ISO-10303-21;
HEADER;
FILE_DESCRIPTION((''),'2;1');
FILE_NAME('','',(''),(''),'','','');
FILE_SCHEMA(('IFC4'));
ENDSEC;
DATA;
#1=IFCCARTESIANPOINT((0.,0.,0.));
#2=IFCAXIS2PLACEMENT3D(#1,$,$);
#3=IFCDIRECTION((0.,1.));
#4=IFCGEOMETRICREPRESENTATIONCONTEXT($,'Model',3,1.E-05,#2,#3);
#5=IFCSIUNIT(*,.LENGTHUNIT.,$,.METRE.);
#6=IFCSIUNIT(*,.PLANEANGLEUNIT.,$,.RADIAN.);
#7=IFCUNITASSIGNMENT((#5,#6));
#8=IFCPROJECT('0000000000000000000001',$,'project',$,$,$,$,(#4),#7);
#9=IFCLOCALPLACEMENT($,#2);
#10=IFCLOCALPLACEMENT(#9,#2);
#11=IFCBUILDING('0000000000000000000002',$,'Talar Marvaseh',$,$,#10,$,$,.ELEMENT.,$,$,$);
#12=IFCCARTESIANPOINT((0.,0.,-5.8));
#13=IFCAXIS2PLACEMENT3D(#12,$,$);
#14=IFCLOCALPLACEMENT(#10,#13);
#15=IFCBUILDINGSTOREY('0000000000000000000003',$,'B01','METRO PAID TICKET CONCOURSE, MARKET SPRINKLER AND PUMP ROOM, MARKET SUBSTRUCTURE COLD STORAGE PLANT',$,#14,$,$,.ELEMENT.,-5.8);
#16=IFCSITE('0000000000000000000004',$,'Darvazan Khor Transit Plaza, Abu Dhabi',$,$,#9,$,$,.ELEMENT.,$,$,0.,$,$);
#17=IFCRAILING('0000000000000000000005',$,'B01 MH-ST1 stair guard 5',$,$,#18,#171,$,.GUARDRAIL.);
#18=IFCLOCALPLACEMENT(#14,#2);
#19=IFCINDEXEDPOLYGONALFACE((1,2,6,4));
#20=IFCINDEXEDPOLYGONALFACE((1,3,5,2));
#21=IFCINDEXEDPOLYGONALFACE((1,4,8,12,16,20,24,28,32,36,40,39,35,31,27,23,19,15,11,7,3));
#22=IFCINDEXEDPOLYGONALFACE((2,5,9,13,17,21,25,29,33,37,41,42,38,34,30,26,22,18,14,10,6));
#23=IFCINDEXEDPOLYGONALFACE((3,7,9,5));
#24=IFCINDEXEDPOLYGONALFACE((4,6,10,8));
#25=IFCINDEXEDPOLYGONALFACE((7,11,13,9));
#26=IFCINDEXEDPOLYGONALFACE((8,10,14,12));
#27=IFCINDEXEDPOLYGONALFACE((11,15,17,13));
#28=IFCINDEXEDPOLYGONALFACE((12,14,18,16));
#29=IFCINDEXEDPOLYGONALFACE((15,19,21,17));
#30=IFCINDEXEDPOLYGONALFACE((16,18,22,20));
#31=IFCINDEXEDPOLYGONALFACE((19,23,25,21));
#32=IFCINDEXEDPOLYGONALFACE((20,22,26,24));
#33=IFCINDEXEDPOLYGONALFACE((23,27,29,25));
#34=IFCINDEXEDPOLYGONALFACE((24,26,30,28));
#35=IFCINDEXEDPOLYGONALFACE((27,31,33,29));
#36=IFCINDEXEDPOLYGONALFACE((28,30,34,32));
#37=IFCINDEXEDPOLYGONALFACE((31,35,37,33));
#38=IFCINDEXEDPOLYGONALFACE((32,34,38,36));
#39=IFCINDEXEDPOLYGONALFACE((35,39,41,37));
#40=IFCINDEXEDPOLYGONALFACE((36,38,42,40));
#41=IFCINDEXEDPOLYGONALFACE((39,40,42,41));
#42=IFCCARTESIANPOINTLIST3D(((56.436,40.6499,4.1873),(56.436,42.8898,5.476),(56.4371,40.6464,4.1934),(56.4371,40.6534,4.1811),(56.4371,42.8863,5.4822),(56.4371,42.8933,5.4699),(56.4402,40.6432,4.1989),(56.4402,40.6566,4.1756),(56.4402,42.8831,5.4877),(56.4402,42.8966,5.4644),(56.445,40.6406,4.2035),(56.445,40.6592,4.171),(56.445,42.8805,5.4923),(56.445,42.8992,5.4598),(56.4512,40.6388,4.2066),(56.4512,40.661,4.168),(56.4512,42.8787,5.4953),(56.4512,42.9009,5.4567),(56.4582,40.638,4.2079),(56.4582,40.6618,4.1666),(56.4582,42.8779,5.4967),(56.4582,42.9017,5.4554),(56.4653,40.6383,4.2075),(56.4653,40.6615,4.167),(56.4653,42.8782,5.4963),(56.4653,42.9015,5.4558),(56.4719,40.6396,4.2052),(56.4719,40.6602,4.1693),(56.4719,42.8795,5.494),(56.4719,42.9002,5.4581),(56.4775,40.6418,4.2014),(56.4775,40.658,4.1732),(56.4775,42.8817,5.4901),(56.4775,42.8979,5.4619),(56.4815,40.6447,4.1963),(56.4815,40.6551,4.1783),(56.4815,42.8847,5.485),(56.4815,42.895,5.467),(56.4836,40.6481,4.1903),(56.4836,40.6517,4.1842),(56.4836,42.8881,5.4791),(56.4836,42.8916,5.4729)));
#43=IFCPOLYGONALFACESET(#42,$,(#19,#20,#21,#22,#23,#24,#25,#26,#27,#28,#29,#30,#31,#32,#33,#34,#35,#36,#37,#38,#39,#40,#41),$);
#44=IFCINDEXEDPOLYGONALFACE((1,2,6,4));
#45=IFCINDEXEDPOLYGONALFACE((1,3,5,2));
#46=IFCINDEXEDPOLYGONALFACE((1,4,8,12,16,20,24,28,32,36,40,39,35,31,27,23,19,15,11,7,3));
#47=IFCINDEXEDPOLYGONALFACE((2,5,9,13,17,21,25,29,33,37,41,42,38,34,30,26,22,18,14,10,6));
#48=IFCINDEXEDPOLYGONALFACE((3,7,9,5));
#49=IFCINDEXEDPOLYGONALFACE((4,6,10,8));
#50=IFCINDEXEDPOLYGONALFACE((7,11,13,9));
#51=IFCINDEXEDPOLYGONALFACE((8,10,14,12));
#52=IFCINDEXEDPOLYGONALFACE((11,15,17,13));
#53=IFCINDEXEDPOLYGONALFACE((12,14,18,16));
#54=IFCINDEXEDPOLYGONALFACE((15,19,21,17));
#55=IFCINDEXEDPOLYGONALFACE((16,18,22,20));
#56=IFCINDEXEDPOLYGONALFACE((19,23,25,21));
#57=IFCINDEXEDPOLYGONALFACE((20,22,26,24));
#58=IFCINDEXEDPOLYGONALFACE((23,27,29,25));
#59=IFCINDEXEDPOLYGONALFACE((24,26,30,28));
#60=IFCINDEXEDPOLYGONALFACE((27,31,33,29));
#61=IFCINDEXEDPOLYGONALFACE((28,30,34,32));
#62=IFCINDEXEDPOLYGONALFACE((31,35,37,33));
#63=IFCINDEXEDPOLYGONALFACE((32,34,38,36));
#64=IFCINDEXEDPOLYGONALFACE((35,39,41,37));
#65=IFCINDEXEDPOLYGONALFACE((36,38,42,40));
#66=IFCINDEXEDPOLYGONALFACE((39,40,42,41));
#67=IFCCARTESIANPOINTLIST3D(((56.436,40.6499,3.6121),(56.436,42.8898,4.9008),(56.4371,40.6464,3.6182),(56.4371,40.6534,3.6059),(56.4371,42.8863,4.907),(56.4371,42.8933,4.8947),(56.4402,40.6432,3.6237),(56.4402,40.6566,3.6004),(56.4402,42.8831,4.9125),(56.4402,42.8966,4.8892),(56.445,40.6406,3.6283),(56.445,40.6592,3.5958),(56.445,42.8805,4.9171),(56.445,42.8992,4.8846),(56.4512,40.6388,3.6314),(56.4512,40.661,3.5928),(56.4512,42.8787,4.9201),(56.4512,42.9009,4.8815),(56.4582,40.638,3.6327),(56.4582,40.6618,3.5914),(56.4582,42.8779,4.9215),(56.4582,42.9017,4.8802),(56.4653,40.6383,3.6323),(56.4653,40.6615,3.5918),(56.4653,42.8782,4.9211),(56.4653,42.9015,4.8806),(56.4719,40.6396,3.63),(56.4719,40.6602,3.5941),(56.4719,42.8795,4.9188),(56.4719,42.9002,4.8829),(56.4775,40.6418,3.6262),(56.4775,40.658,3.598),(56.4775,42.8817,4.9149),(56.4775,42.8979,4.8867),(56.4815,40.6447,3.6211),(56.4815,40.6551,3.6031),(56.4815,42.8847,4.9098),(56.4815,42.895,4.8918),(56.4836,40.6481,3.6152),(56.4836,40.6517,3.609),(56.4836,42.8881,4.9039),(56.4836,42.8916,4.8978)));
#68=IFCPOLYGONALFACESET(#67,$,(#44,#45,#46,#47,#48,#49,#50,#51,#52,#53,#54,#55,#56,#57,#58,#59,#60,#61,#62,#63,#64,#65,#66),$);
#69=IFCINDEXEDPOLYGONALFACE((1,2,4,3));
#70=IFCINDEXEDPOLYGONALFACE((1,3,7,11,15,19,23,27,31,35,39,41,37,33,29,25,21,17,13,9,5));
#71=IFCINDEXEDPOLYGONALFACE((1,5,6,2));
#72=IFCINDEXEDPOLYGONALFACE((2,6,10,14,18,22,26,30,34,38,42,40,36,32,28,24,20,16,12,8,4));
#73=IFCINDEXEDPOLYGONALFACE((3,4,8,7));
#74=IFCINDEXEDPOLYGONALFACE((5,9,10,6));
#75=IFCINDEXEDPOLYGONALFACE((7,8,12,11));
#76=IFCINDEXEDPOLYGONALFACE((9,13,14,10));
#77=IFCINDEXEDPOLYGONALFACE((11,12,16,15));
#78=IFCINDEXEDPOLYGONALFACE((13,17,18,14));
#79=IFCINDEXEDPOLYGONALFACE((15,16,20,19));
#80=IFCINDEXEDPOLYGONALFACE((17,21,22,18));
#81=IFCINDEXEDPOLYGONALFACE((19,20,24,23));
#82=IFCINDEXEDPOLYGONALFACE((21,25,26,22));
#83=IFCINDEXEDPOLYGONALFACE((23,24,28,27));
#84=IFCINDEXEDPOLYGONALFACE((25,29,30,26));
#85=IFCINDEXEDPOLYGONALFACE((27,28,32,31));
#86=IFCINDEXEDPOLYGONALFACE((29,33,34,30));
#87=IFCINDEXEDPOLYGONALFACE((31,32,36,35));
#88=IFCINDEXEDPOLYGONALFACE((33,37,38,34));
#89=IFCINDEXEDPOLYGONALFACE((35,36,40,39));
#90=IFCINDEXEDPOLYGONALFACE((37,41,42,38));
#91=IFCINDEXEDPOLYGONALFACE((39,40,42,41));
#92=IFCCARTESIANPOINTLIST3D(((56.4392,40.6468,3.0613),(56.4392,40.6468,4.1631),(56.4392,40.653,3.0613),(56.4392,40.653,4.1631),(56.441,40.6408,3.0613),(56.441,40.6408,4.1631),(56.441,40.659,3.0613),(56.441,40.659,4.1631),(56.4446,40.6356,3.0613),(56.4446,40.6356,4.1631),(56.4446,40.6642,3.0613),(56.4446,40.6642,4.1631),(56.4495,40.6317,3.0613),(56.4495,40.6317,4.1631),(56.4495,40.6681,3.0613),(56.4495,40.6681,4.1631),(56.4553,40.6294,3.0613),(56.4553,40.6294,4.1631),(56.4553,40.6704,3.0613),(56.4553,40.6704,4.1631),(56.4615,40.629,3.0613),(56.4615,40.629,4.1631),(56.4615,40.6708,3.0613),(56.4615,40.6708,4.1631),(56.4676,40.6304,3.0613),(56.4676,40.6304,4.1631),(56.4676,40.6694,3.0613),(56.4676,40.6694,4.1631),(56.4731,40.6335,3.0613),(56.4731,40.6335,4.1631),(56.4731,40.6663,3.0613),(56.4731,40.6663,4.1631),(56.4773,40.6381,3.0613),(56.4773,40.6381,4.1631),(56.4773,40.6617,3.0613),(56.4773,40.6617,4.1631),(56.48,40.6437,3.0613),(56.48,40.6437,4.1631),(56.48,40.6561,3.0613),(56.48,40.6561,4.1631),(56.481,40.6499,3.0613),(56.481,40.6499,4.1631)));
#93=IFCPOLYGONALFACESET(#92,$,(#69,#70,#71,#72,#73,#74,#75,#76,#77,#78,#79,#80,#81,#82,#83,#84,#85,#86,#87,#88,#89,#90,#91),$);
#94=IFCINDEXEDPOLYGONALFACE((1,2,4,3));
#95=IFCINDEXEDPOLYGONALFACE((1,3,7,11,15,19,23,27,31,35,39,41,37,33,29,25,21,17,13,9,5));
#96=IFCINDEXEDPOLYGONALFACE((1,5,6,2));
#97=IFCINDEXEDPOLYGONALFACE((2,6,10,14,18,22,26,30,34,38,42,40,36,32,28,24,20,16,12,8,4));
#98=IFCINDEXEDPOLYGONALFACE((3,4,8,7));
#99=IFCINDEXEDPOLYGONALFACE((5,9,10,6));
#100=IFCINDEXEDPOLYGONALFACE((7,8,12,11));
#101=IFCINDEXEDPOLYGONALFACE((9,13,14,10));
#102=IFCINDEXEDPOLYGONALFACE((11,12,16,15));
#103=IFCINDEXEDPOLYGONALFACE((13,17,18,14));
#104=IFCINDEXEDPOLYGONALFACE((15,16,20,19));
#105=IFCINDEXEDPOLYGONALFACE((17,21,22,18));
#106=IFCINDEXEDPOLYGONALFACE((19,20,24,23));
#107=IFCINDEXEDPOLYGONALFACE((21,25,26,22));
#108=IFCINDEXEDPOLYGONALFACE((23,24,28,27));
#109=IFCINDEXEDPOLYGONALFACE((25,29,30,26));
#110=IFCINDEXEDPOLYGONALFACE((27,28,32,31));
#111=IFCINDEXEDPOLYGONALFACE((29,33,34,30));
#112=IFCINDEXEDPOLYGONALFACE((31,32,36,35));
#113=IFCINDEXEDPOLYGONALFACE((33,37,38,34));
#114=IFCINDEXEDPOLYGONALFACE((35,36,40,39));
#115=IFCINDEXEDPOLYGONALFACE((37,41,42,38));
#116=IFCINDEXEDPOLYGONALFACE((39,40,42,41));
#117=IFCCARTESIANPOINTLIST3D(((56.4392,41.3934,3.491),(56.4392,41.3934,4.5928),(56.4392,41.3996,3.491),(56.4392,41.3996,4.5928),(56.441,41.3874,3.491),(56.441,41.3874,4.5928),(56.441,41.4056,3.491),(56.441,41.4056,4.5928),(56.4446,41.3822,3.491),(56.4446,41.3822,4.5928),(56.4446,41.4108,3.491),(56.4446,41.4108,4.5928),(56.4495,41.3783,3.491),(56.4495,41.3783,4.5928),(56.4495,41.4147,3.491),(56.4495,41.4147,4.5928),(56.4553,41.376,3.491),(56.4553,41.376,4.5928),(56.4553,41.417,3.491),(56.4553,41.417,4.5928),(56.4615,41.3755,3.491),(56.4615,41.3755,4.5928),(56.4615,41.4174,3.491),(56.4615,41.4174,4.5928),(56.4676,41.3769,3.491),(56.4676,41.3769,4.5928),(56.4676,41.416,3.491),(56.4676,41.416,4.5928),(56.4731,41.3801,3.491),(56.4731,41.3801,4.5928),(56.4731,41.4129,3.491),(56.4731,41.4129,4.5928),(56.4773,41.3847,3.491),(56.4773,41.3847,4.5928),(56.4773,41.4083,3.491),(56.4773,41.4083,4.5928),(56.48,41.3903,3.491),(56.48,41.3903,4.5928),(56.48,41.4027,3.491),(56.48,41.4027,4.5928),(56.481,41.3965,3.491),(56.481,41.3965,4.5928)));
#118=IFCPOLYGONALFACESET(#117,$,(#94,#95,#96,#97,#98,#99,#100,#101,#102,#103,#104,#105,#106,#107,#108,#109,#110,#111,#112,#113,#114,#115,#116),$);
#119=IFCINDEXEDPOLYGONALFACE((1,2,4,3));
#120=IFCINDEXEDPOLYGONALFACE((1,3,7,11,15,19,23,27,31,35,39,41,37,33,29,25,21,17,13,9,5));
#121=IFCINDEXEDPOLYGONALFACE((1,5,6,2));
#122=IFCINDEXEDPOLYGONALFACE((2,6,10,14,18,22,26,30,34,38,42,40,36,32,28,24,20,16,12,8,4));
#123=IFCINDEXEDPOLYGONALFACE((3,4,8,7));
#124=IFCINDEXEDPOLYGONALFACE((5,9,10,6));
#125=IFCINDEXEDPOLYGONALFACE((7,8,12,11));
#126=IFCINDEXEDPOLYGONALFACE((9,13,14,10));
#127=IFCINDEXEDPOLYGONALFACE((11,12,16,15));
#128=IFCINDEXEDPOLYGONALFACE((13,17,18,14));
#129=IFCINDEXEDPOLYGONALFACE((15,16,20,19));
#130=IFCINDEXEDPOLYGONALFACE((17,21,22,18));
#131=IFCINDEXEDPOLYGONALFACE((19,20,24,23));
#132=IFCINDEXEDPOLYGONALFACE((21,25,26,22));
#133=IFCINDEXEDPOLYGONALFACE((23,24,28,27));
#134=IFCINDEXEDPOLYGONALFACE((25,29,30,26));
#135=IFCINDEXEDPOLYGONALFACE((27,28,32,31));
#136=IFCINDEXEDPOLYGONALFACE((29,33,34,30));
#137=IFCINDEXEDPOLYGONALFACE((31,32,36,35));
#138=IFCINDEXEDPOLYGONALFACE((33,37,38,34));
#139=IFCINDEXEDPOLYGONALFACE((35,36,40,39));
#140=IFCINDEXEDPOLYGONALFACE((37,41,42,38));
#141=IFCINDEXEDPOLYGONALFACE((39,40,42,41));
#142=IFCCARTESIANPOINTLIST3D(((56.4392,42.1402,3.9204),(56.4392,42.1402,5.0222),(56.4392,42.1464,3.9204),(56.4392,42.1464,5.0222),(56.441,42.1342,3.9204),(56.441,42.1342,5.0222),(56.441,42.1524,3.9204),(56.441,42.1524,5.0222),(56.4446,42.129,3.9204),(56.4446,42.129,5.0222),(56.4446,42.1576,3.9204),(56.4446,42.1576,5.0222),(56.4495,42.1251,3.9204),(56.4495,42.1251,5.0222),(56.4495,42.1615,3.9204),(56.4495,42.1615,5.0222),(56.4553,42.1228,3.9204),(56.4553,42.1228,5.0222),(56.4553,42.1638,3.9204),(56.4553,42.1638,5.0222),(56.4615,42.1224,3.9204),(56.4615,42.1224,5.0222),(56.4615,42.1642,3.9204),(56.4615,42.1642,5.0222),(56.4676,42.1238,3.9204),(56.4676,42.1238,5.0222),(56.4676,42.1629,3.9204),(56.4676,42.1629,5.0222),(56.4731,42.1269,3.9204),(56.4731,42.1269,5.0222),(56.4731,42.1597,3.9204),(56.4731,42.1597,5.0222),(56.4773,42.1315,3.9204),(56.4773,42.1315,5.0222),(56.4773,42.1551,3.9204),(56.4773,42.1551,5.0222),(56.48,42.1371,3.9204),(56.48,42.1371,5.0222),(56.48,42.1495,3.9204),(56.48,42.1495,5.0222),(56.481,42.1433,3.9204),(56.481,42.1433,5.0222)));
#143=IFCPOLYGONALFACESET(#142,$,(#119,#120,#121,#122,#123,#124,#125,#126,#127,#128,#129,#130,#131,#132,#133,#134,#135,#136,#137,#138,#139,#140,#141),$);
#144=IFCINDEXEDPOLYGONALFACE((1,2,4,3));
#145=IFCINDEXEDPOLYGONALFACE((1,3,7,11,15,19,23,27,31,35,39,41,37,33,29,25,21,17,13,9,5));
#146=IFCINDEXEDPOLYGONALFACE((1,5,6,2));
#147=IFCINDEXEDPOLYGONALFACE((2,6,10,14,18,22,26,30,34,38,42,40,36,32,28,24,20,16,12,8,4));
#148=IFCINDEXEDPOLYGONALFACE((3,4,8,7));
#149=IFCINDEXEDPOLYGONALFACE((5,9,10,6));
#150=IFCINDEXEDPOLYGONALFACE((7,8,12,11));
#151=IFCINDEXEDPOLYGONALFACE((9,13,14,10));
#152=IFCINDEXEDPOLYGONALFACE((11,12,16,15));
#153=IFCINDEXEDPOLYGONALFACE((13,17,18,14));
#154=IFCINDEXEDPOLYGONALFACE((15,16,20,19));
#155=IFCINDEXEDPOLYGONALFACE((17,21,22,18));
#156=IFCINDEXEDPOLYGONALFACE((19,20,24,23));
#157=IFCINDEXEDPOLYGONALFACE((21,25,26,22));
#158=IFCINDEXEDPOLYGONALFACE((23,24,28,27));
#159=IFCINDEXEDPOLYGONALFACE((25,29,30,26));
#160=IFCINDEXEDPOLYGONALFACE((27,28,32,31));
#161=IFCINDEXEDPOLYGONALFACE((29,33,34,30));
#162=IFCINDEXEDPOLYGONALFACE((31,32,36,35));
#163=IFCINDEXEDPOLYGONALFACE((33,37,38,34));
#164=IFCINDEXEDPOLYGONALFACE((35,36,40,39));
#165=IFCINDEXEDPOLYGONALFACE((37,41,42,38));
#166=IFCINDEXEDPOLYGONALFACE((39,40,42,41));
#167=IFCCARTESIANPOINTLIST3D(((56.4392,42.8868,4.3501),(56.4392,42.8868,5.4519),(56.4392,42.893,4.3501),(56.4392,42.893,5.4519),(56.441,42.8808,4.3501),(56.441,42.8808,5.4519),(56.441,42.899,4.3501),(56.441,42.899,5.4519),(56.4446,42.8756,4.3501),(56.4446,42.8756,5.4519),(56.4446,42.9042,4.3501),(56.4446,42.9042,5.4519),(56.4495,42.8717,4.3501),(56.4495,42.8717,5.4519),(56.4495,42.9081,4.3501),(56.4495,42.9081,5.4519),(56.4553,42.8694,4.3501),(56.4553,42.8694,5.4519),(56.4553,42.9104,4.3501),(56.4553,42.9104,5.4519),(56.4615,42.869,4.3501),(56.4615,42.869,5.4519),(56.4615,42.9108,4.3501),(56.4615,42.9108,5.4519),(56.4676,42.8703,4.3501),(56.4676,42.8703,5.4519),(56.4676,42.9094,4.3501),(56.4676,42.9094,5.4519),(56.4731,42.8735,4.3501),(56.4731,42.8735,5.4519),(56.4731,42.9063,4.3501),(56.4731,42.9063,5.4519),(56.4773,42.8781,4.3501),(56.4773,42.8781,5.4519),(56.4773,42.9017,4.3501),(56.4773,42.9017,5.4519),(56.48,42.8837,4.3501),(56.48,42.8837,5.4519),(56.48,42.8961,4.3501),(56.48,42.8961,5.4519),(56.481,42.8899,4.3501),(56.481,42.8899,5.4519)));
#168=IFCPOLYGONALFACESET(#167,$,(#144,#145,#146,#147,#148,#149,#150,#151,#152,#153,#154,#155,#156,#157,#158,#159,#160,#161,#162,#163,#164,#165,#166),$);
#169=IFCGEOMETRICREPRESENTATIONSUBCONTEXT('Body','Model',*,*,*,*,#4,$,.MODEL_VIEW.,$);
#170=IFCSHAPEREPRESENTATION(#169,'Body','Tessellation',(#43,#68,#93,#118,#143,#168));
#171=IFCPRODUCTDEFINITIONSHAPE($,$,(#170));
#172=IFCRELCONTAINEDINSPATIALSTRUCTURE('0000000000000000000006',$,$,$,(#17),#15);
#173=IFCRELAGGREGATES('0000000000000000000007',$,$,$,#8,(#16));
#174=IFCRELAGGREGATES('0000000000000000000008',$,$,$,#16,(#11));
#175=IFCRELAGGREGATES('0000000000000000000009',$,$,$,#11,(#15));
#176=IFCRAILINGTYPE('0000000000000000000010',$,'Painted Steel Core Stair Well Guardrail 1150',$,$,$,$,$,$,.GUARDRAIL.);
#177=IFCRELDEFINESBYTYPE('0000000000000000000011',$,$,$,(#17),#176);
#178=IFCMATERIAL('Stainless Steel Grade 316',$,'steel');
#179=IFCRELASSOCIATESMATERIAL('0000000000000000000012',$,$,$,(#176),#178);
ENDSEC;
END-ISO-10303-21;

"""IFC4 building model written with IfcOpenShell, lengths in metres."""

from ifc_helpers import new_model, si_unit, direction, frame, origin, origin_2d, place, context, subcontext, project, spatial, circle, extrude, material, type_object, element, save


model = new_model("IFC4")

# Units and contexts
model_context = context("Model", 3, precision=1e-05, world=origin(), true_north=direction((0.0, 1.0)))
body_context = subcontext(model_context, "Body", "Model", "MODEL_VIEW")
ifc_project = project(units=[si_unit("LENGTHUNIT", "METRE"), si_unit("PLANEANGLEUNIT", "RADIAN")], contexts=[model_context])

# Site, building, storey
site_placement = place(None, origin())
site = spatial("IfcSite", under=ifc_project, at=site_placement, Name="Darvazan Khor Transit Plaza, Abu Dhabi", CompositionType="ELEMENT", RefElevation=0.0)
building_placement = place(site_placement, origin())
building = spatial("IfcBuilding", under=site, at=building_placement, Name="Talar Marvaseh", CompositionType="ELEMENT")
storey_placement = place(building_placement, frame((0.0, 0.0, -5.8)))
storey = spatial("IfcBuildingStorey", under=building, at=storey_placement, Name="B01", Description="METRO PAID TICKET CONCOURSE, MARKET SPRINKLER AND PUMP ROOM, MARKET SUBSTRUCTURE COLD STORAGE PLANT", CompositionType="ELEMENT", Elevation=-5.8)

# Railing
ifc_material_1 = material(Name="Stainless Steel Grade 316", Category="steel")
railing_type_1 = type_object("IfcRailingType", Name="Painted Steel Core Stair Well Guardrail 1150", PredefinedType="GUARDRAIL", material=ifc_material_1)
railing_1_placement = place(storey_placement, frame((56.46, 40.6499, 3.0613)))
element("IfcRailing", 1, at=railing_1_placement, inside=storey, type_object=railing_type_1, Name="B01 MH-ST1 stair guard 5", PredefinedType="GUARDRAIL", context=body_context, shape_type="SweptSolid", body=[
    extrude(circle(Radius=0.0239, at=origin_2d()), frame((0.0, 0.0, 1.126), z_axis=(0.0, 0.866768, 0.498711), x_axis=(-1.0, 0.0, 0.0)), (0.0, 0.0, 1.0), 2.5842),
    extrude(circle(Radius=0.0239, at=origin_2d()), frame((0.0, 0.0, 0.5508), z_axis=(0.0, 0.866768, 0.498711), x_axis=(-1.0, 0.0, 0.0)), (0.0, 0.0, 1.0), 2.5842),
    extrude(circle(Radius=0.021, at=origin_2d()), origin(), (0.0, 0.0, 1.0), 1.1018),
    extrude(circle(Radius=0.021, at=origin_2d()), frame((0.0, 0.7466, 0.4297)), (0.0, 0.0, 1.0), 1.1018),
    extrude(circle(Radius=0.021, at=origin_2d()), frame((0.0, 1.4934, 0.8591)), (0.0, 0.0, 1.0), 1.1018),
    extrude(circle(Radius=0.021, at=origin_2d()), frame((0.0, 2.24, 1.2888)), (0.0, 0.0, 1.0), 1.1018),
])

save(model, "model.ifc")
